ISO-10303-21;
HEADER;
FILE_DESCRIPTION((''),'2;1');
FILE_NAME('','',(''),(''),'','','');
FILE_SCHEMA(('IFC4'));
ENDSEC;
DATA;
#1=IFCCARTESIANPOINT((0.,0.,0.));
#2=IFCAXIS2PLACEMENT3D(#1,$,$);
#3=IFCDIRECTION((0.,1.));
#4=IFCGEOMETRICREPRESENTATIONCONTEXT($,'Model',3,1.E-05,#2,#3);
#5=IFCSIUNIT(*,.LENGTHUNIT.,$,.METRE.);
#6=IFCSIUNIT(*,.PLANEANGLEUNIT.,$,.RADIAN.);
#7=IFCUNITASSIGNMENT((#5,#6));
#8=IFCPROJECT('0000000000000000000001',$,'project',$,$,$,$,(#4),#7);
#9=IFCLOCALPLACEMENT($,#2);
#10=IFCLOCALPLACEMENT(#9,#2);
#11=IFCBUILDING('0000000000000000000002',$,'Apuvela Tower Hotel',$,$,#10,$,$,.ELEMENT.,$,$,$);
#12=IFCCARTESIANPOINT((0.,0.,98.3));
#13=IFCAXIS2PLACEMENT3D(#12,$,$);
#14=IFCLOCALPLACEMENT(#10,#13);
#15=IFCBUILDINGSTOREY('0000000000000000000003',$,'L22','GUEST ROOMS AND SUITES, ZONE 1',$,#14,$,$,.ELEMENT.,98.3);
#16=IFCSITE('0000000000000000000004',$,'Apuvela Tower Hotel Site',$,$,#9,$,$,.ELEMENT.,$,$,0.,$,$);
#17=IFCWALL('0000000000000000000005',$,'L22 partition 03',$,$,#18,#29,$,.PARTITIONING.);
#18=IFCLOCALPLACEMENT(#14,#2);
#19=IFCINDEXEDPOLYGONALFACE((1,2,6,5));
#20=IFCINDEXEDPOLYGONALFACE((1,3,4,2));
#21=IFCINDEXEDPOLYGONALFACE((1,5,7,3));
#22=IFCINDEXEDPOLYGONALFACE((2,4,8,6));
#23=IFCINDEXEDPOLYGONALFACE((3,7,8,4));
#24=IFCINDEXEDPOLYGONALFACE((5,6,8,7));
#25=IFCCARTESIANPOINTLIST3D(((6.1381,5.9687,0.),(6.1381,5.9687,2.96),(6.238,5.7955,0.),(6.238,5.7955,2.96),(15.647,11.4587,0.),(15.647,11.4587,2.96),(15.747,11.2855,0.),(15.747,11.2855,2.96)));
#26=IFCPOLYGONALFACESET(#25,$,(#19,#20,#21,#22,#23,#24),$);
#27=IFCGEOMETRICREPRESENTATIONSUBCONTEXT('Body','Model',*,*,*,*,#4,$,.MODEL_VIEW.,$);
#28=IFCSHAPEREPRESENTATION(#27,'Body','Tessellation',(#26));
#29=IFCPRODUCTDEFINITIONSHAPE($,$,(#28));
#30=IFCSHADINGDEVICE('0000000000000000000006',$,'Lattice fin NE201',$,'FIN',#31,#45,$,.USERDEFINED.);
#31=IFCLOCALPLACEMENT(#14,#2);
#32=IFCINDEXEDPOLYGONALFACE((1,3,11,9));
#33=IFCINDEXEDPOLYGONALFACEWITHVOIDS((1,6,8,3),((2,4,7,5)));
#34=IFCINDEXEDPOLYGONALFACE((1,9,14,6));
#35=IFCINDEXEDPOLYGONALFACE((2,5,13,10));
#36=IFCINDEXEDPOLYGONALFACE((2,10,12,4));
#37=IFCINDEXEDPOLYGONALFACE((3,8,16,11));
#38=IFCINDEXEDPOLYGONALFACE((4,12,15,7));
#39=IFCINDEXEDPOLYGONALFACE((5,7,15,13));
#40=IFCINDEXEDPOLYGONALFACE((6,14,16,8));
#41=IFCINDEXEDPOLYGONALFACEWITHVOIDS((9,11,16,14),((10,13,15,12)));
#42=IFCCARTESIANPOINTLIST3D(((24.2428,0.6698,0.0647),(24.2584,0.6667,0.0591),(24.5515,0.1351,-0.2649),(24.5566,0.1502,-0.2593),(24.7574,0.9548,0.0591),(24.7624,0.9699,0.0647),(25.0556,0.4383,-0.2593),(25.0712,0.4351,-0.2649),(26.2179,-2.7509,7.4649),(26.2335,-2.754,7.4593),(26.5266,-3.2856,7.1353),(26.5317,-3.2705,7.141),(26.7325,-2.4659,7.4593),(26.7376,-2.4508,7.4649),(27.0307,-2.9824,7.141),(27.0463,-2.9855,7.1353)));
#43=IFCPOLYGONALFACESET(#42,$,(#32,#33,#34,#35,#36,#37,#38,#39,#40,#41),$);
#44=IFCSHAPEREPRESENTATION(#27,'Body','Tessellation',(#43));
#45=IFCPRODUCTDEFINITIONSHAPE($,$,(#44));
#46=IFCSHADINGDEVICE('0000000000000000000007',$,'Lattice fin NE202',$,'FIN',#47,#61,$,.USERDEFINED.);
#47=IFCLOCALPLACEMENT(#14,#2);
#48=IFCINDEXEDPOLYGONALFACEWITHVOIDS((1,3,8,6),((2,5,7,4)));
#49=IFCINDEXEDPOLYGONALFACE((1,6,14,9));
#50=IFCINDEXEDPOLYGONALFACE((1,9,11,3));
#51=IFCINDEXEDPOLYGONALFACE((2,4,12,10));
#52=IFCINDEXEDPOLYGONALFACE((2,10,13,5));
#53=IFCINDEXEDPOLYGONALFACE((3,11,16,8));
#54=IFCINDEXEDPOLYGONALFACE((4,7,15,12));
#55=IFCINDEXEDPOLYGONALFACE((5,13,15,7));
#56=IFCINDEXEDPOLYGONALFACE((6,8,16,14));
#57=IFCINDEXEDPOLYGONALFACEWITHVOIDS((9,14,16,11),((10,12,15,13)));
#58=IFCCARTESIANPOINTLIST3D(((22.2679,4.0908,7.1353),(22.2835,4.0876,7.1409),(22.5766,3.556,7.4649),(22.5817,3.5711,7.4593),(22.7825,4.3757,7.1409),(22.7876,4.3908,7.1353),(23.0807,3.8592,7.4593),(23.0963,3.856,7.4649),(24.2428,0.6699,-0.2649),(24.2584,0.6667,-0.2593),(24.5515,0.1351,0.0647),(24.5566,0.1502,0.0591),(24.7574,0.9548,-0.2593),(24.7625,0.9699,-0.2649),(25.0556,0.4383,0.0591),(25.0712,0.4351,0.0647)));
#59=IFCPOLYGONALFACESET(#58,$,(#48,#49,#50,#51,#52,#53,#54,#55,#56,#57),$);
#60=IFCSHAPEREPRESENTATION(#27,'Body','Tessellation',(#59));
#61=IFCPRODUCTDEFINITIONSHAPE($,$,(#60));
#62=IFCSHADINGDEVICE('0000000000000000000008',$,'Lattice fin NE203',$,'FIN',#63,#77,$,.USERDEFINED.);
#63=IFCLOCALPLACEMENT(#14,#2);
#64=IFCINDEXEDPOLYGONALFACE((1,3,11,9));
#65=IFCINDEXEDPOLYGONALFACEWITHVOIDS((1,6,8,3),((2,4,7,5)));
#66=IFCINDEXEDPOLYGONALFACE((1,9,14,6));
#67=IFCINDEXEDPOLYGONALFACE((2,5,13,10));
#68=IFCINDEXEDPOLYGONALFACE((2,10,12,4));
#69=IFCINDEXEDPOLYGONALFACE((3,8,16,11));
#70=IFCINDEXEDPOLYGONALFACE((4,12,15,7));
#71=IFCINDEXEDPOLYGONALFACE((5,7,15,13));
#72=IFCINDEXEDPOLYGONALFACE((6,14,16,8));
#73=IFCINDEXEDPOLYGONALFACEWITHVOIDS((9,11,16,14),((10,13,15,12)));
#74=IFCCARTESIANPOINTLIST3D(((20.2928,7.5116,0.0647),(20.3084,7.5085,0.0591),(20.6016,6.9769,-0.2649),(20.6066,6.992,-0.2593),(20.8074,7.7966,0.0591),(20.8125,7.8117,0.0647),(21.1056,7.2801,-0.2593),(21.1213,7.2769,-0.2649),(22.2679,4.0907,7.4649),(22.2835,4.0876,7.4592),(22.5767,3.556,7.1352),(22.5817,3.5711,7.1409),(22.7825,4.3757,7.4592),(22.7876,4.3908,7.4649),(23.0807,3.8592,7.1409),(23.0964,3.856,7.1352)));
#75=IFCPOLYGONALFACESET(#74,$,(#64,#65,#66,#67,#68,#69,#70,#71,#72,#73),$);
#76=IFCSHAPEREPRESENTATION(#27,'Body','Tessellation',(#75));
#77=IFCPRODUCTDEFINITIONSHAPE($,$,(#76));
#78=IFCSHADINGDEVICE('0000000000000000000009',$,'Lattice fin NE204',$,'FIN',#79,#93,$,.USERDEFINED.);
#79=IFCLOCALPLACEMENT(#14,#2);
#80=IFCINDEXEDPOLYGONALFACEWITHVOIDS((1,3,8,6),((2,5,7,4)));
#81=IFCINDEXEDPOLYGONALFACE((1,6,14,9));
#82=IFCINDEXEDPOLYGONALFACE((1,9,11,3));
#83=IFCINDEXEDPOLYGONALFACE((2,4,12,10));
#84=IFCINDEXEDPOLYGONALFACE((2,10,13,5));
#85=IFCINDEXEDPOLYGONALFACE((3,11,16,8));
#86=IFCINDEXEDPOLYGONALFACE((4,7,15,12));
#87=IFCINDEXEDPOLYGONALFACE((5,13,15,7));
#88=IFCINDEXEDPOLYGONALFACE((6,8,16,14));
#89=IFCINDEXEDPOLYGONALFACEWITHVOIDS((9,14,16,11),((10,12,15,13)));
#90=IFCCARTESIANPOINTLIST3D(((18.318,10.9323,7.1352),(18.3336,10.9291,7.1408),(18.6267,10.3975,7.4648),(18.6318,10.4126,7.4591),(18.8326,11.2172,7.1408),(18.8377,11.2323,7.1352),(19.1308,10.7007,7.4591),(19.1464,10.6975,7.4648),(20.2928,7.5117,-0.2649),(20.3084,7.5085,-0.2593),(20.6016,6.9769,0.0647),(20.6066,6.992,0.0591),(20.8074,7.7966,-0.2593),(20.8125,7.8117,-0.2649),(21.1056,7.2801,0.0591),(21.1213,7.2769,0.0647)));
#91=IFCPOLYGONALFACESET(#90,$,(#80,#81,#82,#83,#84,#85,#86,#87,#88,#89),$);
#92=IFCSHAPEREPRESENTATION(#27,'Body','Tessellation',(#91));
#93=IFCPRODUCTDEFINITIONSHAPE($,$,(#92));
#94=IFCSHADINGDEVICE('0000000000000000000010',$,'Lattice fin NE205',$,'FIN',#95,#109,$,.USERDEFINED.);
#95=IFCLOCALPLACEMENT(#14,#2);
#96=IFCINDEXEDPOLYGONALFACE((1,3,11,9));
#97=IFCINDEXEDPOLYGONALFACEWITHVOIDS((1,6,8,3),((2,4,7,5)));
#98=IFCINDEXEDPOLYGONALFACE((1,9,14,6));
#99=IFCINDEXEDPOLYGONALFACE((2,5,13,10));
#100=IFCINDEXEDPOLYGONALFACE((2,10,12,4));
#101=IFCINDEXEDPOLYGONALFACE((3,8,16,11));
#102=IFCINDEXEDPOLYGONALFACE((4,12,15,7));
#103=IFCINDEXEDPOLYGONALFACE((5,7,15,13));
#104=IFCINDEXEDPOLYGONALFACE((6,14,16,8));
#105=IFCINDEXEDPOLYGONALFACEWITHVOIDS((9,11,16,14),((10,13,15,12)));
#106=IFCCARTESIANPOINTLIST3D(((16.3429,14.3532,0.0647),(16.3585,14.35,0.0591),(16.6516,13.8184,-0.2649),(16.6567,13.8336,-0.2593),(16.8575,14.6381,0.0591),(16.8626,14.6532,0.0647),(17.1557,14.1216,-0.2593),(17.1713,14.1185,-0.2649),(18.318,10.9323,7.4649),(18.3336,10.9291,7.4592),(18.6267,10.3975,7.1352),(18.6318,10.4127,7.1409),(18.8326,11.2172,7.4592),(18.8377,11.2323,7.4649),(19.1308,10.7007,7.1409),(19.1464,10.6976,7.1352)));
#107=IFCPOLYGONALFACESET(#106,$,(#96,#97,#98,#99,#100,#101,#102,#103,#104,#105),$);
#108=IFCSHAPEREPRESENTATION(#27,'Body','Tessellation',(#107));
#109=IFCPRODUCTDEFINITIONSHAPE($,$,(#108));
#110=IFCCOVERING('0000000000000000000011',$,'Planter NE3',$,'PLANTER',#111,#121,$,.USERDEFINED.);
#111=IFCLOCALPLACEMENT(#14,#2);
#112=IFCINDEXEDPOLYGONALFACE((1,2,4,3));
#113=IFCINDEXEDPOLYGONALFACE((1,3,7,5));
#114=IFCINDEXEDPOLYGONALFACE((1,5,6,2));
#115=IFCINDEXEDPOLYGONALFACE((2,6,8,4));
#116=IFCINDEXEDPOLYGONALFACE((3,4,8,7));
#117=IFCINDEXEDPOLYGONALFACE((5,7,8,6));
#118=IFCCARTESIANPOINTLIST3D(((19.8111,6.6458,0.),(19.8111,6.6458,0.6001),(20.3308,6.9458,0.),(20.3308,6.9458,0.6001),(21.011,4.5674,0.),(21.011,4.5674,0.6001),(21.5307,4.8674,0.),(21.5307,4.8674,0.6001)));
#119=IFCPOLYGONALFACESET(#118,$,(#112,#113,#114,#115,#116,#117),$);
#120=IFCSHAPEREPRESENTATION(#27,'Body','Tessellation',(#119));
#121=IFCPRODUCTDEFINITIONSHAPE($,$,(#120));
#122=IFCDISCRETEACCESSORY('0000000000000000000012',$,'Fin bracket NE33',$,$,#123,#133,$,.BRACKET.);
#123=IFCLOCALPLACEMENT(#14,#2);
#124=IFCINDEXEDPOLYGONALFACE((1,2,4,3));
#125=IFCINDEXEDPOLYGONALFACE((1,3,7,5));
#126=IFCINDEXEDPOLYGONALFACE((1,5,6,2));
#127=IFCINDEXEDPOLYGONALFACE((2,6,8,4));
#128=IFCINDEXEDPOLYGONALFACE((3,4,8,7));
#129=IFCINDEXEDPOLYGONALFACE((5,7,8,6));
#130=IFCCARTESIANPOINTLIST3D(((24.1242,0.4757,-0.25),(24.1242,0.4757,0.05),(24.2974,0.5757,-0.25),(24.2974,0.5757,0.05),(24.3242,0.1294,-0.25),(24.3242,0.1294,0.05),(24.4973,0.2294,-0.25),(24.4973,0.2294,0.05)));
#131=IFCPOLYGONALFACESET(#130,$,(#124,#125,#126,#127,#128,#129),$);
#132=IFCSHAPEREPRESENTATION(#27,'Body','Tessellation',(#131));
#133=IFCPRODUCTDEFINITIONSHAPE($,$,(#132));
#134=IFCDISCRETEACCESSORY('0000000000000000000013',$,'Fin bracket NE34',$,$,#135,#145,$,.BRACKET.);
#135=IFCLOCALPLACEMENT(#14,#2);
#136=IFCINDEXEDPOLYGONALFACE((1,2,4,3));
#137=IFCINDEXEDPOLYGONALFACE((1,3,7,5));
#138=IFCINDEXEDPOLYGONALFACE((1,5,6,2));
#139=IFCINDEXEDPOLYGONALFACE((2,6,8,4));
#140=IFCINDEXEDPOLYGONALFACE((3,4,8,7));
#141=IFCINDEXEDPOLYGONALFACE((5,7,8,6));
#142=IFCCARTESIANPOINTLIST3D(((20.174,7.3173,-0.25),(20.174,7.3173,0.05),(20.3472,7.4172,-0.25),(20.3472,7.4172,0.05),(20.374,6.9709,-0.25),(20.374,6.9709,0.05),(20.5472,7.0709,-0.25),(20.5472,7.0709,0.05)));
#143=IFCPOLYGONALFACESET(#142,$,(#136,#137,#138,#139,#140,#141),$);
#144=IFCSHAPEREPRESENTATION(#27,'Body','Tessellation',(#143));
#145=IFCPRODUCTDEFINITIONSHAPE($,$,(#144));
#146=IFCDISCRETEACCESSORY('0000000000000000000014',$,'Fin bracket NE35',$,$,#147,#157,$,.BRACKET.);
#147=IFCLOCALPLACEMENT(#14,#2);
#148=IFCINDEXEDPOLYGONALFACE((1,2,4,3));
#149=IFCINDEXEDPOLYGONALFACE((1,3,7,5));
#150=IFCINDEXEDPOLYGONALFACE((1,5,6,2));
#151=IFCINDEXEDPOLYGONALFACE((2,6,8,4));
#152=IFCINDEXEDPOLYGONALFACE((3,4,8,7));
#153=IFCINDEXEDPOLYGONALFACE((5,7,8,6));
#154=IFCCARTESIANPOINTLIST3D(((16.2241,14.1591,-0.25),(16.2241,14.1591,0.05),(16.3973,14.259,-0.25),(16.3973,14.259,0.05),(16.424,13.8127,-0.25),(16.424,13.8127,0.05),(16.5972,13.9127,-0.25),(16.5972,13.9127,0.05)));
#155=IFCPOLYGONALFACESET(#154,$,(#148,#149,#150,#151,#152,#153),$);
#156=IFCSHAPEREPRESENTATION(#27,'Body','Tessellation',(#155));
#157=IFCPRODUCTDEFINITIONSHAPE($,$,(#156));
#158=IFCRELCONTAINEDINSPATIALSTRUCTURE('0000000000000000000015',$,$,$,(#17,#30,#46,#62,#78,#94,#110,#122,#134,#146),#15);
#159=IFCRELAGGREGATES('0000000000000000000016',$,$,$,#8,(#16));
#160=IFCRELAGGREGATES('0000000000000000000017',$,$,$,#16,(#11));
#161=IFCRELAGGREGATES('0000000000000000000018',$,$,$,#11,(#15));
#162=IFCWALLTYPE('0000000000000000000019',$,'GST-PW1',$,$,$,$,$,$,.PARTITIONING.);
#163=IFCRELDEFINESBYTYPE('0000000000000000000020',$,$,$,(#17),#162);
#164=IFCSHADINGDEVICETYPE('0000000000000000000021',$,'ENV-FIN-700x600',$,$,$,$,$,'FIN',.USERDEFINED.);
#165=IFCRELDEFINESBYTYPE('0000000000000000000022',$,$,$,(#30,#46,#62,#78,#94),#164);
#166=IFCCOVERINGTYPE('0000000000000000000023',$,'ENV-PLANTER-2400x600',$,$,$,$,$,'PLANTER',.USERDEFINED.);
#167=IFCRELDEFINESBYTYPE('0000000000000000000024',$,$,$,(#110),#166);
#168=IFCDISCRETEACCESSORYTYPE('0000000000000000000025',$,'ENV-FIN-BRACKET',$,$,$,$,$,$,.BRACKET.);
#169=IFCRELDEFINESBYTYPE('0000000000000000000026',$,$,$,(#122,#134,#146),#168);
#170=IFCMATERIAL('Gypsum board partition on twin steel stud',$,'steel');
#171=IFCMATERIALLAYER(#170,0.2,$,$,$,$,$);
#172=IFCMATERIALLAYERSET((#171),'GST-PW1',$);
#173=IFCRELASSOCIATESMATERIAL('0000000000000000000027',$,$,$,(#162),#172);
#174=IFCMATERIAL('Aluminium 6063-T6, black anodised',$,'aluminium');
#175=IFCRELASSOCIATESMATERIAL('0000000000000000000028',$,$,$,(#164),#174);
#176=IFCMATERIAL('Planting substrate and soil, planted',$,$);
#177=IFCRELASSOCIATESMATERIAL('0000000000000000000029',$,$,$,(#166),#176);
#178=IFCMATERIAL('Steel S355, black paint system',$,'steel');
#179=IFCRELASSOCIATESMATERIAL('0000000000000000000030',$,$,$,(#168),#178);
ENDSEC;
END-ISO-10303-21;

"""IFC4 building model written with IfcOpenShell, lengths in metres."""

from ifc_helpers import new_model, si_unit, direction, frame, frame_2d, origin, origin_2d, place, context, subcontext, project, spatial, rectangle, hollow_rectangle, extrude, material, layer, layer_set, material_profile, profile_set, type_object, element, save


model = new_model("IFC4")

# Units and contexts
model_context = context("Model", 3, precision=1e-05, world=origin(), true_north=direction((0.0, 1.0)))
body_context = subcontext(model_context, "Body", "Model", "MODEL_VIEW")
ifc_project = project(units=[si_unit("LENGTHUNIT", "METRE"), si_unit("PLANEANGLEUNIT", "RADIAN")], contexts=[model_context])

# Site, building, storey
site_placement = place(None, origin())
site = spatial("IfcSite", under=ifc_project, at=site_placement, Name="Apuvela Tower Hotel Site", CompositionType="ELEMENT", RefElevation=0.0)
building_placement = place(site_placement, origin())
building = spatial("IfcBuilding", under=site, at=building_placement, Name="Apuvela Tower Hotel", CompositionType="ELEMENT")
storey_placement = place(building_placement, frame((0.0, 0.0, 98.3)))
storey = spatial("IfcBuildingStorey", under=building, at=storey_placement, Name="L22", Description="GUEST ROOMS AND SUITES, ZONE 1", CompositionType="ELEMENT", Elevation=98.3)

# Wall
ifc_material_1 = material(Name="Gypsum board partition on twin steel stud", Category="steel")
ifc_layer_1 = layer(ifc_material_1, 0.2)
ifc_layer_set_1 = layer_set([ifc_layer_1], Name="GST-PW1")
wall_type_1 = type_object("IfcWallType", Name="GST-PW1", PredefinedType="PARTITIONING", material=ifc_layer_set_1)
wall_1_placement = place(storey_placement, frame((15.697, 11.3721, 0.0), z_axis=(0.0, 0.0, 1.0), x_axis=(-0.866027, -0.499996, 0.0)))
element("IfcWall", 1, at=wall_1_placement, inside=storey, type_object=wall_type_1, Name="L22 partition 03", PredefinedType="PARTITIONING", context=body_context, shape_type="SweptSolid", body=[
    extrude(rectangle(XDim=10.98, YDim=0.2, at=frame_2d((5.49, 0.0))), origin(), (0.0, 0.0, 1.0), 2.96),
])

# Shading devices
ifc_material_2 = material(Name="Aluminium 6063-T6, black anodised", Category="aluminium")
ifc_material_profile_1 = material_profile(ifc_material_2, hollow_rectangle(XDim=0.6001, YDim=0.7, WallThickness=0.012, at=origin_2d()), Name="AL BOX 700x600x12")
ifc_profile_set_1 = profile_set([ifc_material_profile_1], Name="Aluminium 6063-T6, black anodised")
shading_device_type = type_object("IfcShadingDeviceType", Name="ENV-FIN-700x600", ElementType="FIN", PredefinedType="USERDEFINED", material=ifc_profile_set_1)
for number, where, z_axis, x_axis, name in (
    (2, (24.657, 0.5525, -0.1001), (0.235458, -0.407787, 0.882196), (0.866005, 0.500035, 0.0), "Lattice fin NE201"),
    (3, (24.657, 0.5525, -0.1001), (-0.235428, 0.407814, 0.882191), (-0.866048, -0.499961, 0.0), "Lattice fin NE202"),
    (4, (20.707, 7.3943, -0.1001), (0.235455, -0.407812, 0.882185), (0.866021, 0.500008, 0.0), "Lattice fin NE203"),
):
    element("IfcShadingDevice", number, at=place(storey_placement, frame(where, z_axis=z_axis, x_axis=x_axis)), inside=storey, type_object=shading_device_type, Name=name, ObjectType="FIN", PredefinedType="USERDEFINED", context=body_context, shape_type="SweptSolid", body=[
        extrude(hollow_rectangle(XDim=0.6001, YDim=0.7, WallThickness=0.012, at=origin_2d()), origin(), (0.0, 0.0, 1.0), 8.3884),
    ])
shading_device_1_placement = place(storey_placement, frame((20.707, 7.3943, -0.1001), z_axis=(-0.23543, 0.40779, 0.882202), x_axis=(-0.866032, -0.499988, 0.0)))
element("IfcShadingDevice", 5, at=shading_device_1_placement, inside=storey, type_object=shading_device_type, Name="Lattice fin NE204", ObjectType="FIN", PredefinedType="USERDEFINED", context=body_context, shape_type="SweptSolid", body=[
    extrude(hollow_rectangle(XDim=0.6001, YDim=0.7, WallThickness=0.012, at=origin_2d()), origin(), (0.0, 0.0, 1.0), 8.3882),
])
shading_device_2_placement = place(storey_placement, frame((16.7571, 14.2358, -0.1001), z_axis=(0.235455, -0.407812, 0.882185), x_axis=(0.866021, 0.500008, 0.0)))
element("IfcShadingDevice", 6, at=shading_device_2_placement, inside=storey, type_object=shading_device_type, Name="Lattice fin NE205", ObjectType="FIN", PredefinedType="USERDEFINED", context=body_context, shape_type="SweptSolid", body=[
    extrude(hollow_rectangle(XDim=0.6001, YDim=0.7, WallThickness=0.012, at=origin_2d()), origin(), (0.0, 0.0, 1.0), 8.3884),
])

# Covering
ifc_material_3 = material(Name="Planting substrate and soil, planted")
covering_type = type_object("IfcCoveringType", Name="ENV-PLANTER-2400x600", ElementType="PLANTER", PredefinedType="USERDEFINED", material=ifc_material_3)
covering_placement = place(storey_placement, frame((20.6709, 5.7566, 0.0), z_axis=(0.0, 0.0, 1.0), x_axis=(-0.5, 0.866025, 0.0)))
element("IfcCovering", 7, at=covering_placement, inside=storey, type_object=covering_type, Name="Planter NE3", ObjectType="PLANTER", PredefinedType="USERDEFINED", context=body_context, shape_type="SweptSolid", body=[
    extrude(rectangle(XDim=2.3999, YDim=0.6001, at=origin_2d()), origin(), (0.0, 0.0, 1.0), 0.6001),
])

# Discrete accessories
ifc_material_4 = material(Name="Steel S355, black paint system", Category="steel")
discrete_accessory_type = type_object("IfcDiscreteAccessoryType", Name="ENV-FIN-BRACKET", PredefinedType="BRACKET", material=ifc_material_4)
for number, where, z_axis, x_axis, name in (
    (8, (24.3108, 0.3525, -0.25), (0.0, 0.0, 1.0), (-0.5, 0.866025, 0.0), "Fin bracket NE33"),
    (9, (20.3606, 7.1941, -0.25), (0.0, 0.0, 1.0), (-0.5, 0.866025, 0.0), "Fin bracket NE34"),
    (10, (16.4106, 14.0359, -0.25), (0.0, 0.0, 1.0), (-0.5, 0.866025, 0.0), "Fin bracket NE35"),
):
    element("IfcDiscreteAccessory", number, at=place(storey_placement, frame(where, z_axis=z_axis, x_axis=x_axis)), inside=storey, type_object=discrete_accessory_type, Name=name, PredefinedType="BRACKET", context=body_context, shape_type="SweptSolid", body=[
        extrude(rectangle(XDim=0.3999, YDim=0.2, at=origin_2d()), origin(), (0.0, 0.0, 1.0), 0.3),
    ])

save(model, "model.ifc")
